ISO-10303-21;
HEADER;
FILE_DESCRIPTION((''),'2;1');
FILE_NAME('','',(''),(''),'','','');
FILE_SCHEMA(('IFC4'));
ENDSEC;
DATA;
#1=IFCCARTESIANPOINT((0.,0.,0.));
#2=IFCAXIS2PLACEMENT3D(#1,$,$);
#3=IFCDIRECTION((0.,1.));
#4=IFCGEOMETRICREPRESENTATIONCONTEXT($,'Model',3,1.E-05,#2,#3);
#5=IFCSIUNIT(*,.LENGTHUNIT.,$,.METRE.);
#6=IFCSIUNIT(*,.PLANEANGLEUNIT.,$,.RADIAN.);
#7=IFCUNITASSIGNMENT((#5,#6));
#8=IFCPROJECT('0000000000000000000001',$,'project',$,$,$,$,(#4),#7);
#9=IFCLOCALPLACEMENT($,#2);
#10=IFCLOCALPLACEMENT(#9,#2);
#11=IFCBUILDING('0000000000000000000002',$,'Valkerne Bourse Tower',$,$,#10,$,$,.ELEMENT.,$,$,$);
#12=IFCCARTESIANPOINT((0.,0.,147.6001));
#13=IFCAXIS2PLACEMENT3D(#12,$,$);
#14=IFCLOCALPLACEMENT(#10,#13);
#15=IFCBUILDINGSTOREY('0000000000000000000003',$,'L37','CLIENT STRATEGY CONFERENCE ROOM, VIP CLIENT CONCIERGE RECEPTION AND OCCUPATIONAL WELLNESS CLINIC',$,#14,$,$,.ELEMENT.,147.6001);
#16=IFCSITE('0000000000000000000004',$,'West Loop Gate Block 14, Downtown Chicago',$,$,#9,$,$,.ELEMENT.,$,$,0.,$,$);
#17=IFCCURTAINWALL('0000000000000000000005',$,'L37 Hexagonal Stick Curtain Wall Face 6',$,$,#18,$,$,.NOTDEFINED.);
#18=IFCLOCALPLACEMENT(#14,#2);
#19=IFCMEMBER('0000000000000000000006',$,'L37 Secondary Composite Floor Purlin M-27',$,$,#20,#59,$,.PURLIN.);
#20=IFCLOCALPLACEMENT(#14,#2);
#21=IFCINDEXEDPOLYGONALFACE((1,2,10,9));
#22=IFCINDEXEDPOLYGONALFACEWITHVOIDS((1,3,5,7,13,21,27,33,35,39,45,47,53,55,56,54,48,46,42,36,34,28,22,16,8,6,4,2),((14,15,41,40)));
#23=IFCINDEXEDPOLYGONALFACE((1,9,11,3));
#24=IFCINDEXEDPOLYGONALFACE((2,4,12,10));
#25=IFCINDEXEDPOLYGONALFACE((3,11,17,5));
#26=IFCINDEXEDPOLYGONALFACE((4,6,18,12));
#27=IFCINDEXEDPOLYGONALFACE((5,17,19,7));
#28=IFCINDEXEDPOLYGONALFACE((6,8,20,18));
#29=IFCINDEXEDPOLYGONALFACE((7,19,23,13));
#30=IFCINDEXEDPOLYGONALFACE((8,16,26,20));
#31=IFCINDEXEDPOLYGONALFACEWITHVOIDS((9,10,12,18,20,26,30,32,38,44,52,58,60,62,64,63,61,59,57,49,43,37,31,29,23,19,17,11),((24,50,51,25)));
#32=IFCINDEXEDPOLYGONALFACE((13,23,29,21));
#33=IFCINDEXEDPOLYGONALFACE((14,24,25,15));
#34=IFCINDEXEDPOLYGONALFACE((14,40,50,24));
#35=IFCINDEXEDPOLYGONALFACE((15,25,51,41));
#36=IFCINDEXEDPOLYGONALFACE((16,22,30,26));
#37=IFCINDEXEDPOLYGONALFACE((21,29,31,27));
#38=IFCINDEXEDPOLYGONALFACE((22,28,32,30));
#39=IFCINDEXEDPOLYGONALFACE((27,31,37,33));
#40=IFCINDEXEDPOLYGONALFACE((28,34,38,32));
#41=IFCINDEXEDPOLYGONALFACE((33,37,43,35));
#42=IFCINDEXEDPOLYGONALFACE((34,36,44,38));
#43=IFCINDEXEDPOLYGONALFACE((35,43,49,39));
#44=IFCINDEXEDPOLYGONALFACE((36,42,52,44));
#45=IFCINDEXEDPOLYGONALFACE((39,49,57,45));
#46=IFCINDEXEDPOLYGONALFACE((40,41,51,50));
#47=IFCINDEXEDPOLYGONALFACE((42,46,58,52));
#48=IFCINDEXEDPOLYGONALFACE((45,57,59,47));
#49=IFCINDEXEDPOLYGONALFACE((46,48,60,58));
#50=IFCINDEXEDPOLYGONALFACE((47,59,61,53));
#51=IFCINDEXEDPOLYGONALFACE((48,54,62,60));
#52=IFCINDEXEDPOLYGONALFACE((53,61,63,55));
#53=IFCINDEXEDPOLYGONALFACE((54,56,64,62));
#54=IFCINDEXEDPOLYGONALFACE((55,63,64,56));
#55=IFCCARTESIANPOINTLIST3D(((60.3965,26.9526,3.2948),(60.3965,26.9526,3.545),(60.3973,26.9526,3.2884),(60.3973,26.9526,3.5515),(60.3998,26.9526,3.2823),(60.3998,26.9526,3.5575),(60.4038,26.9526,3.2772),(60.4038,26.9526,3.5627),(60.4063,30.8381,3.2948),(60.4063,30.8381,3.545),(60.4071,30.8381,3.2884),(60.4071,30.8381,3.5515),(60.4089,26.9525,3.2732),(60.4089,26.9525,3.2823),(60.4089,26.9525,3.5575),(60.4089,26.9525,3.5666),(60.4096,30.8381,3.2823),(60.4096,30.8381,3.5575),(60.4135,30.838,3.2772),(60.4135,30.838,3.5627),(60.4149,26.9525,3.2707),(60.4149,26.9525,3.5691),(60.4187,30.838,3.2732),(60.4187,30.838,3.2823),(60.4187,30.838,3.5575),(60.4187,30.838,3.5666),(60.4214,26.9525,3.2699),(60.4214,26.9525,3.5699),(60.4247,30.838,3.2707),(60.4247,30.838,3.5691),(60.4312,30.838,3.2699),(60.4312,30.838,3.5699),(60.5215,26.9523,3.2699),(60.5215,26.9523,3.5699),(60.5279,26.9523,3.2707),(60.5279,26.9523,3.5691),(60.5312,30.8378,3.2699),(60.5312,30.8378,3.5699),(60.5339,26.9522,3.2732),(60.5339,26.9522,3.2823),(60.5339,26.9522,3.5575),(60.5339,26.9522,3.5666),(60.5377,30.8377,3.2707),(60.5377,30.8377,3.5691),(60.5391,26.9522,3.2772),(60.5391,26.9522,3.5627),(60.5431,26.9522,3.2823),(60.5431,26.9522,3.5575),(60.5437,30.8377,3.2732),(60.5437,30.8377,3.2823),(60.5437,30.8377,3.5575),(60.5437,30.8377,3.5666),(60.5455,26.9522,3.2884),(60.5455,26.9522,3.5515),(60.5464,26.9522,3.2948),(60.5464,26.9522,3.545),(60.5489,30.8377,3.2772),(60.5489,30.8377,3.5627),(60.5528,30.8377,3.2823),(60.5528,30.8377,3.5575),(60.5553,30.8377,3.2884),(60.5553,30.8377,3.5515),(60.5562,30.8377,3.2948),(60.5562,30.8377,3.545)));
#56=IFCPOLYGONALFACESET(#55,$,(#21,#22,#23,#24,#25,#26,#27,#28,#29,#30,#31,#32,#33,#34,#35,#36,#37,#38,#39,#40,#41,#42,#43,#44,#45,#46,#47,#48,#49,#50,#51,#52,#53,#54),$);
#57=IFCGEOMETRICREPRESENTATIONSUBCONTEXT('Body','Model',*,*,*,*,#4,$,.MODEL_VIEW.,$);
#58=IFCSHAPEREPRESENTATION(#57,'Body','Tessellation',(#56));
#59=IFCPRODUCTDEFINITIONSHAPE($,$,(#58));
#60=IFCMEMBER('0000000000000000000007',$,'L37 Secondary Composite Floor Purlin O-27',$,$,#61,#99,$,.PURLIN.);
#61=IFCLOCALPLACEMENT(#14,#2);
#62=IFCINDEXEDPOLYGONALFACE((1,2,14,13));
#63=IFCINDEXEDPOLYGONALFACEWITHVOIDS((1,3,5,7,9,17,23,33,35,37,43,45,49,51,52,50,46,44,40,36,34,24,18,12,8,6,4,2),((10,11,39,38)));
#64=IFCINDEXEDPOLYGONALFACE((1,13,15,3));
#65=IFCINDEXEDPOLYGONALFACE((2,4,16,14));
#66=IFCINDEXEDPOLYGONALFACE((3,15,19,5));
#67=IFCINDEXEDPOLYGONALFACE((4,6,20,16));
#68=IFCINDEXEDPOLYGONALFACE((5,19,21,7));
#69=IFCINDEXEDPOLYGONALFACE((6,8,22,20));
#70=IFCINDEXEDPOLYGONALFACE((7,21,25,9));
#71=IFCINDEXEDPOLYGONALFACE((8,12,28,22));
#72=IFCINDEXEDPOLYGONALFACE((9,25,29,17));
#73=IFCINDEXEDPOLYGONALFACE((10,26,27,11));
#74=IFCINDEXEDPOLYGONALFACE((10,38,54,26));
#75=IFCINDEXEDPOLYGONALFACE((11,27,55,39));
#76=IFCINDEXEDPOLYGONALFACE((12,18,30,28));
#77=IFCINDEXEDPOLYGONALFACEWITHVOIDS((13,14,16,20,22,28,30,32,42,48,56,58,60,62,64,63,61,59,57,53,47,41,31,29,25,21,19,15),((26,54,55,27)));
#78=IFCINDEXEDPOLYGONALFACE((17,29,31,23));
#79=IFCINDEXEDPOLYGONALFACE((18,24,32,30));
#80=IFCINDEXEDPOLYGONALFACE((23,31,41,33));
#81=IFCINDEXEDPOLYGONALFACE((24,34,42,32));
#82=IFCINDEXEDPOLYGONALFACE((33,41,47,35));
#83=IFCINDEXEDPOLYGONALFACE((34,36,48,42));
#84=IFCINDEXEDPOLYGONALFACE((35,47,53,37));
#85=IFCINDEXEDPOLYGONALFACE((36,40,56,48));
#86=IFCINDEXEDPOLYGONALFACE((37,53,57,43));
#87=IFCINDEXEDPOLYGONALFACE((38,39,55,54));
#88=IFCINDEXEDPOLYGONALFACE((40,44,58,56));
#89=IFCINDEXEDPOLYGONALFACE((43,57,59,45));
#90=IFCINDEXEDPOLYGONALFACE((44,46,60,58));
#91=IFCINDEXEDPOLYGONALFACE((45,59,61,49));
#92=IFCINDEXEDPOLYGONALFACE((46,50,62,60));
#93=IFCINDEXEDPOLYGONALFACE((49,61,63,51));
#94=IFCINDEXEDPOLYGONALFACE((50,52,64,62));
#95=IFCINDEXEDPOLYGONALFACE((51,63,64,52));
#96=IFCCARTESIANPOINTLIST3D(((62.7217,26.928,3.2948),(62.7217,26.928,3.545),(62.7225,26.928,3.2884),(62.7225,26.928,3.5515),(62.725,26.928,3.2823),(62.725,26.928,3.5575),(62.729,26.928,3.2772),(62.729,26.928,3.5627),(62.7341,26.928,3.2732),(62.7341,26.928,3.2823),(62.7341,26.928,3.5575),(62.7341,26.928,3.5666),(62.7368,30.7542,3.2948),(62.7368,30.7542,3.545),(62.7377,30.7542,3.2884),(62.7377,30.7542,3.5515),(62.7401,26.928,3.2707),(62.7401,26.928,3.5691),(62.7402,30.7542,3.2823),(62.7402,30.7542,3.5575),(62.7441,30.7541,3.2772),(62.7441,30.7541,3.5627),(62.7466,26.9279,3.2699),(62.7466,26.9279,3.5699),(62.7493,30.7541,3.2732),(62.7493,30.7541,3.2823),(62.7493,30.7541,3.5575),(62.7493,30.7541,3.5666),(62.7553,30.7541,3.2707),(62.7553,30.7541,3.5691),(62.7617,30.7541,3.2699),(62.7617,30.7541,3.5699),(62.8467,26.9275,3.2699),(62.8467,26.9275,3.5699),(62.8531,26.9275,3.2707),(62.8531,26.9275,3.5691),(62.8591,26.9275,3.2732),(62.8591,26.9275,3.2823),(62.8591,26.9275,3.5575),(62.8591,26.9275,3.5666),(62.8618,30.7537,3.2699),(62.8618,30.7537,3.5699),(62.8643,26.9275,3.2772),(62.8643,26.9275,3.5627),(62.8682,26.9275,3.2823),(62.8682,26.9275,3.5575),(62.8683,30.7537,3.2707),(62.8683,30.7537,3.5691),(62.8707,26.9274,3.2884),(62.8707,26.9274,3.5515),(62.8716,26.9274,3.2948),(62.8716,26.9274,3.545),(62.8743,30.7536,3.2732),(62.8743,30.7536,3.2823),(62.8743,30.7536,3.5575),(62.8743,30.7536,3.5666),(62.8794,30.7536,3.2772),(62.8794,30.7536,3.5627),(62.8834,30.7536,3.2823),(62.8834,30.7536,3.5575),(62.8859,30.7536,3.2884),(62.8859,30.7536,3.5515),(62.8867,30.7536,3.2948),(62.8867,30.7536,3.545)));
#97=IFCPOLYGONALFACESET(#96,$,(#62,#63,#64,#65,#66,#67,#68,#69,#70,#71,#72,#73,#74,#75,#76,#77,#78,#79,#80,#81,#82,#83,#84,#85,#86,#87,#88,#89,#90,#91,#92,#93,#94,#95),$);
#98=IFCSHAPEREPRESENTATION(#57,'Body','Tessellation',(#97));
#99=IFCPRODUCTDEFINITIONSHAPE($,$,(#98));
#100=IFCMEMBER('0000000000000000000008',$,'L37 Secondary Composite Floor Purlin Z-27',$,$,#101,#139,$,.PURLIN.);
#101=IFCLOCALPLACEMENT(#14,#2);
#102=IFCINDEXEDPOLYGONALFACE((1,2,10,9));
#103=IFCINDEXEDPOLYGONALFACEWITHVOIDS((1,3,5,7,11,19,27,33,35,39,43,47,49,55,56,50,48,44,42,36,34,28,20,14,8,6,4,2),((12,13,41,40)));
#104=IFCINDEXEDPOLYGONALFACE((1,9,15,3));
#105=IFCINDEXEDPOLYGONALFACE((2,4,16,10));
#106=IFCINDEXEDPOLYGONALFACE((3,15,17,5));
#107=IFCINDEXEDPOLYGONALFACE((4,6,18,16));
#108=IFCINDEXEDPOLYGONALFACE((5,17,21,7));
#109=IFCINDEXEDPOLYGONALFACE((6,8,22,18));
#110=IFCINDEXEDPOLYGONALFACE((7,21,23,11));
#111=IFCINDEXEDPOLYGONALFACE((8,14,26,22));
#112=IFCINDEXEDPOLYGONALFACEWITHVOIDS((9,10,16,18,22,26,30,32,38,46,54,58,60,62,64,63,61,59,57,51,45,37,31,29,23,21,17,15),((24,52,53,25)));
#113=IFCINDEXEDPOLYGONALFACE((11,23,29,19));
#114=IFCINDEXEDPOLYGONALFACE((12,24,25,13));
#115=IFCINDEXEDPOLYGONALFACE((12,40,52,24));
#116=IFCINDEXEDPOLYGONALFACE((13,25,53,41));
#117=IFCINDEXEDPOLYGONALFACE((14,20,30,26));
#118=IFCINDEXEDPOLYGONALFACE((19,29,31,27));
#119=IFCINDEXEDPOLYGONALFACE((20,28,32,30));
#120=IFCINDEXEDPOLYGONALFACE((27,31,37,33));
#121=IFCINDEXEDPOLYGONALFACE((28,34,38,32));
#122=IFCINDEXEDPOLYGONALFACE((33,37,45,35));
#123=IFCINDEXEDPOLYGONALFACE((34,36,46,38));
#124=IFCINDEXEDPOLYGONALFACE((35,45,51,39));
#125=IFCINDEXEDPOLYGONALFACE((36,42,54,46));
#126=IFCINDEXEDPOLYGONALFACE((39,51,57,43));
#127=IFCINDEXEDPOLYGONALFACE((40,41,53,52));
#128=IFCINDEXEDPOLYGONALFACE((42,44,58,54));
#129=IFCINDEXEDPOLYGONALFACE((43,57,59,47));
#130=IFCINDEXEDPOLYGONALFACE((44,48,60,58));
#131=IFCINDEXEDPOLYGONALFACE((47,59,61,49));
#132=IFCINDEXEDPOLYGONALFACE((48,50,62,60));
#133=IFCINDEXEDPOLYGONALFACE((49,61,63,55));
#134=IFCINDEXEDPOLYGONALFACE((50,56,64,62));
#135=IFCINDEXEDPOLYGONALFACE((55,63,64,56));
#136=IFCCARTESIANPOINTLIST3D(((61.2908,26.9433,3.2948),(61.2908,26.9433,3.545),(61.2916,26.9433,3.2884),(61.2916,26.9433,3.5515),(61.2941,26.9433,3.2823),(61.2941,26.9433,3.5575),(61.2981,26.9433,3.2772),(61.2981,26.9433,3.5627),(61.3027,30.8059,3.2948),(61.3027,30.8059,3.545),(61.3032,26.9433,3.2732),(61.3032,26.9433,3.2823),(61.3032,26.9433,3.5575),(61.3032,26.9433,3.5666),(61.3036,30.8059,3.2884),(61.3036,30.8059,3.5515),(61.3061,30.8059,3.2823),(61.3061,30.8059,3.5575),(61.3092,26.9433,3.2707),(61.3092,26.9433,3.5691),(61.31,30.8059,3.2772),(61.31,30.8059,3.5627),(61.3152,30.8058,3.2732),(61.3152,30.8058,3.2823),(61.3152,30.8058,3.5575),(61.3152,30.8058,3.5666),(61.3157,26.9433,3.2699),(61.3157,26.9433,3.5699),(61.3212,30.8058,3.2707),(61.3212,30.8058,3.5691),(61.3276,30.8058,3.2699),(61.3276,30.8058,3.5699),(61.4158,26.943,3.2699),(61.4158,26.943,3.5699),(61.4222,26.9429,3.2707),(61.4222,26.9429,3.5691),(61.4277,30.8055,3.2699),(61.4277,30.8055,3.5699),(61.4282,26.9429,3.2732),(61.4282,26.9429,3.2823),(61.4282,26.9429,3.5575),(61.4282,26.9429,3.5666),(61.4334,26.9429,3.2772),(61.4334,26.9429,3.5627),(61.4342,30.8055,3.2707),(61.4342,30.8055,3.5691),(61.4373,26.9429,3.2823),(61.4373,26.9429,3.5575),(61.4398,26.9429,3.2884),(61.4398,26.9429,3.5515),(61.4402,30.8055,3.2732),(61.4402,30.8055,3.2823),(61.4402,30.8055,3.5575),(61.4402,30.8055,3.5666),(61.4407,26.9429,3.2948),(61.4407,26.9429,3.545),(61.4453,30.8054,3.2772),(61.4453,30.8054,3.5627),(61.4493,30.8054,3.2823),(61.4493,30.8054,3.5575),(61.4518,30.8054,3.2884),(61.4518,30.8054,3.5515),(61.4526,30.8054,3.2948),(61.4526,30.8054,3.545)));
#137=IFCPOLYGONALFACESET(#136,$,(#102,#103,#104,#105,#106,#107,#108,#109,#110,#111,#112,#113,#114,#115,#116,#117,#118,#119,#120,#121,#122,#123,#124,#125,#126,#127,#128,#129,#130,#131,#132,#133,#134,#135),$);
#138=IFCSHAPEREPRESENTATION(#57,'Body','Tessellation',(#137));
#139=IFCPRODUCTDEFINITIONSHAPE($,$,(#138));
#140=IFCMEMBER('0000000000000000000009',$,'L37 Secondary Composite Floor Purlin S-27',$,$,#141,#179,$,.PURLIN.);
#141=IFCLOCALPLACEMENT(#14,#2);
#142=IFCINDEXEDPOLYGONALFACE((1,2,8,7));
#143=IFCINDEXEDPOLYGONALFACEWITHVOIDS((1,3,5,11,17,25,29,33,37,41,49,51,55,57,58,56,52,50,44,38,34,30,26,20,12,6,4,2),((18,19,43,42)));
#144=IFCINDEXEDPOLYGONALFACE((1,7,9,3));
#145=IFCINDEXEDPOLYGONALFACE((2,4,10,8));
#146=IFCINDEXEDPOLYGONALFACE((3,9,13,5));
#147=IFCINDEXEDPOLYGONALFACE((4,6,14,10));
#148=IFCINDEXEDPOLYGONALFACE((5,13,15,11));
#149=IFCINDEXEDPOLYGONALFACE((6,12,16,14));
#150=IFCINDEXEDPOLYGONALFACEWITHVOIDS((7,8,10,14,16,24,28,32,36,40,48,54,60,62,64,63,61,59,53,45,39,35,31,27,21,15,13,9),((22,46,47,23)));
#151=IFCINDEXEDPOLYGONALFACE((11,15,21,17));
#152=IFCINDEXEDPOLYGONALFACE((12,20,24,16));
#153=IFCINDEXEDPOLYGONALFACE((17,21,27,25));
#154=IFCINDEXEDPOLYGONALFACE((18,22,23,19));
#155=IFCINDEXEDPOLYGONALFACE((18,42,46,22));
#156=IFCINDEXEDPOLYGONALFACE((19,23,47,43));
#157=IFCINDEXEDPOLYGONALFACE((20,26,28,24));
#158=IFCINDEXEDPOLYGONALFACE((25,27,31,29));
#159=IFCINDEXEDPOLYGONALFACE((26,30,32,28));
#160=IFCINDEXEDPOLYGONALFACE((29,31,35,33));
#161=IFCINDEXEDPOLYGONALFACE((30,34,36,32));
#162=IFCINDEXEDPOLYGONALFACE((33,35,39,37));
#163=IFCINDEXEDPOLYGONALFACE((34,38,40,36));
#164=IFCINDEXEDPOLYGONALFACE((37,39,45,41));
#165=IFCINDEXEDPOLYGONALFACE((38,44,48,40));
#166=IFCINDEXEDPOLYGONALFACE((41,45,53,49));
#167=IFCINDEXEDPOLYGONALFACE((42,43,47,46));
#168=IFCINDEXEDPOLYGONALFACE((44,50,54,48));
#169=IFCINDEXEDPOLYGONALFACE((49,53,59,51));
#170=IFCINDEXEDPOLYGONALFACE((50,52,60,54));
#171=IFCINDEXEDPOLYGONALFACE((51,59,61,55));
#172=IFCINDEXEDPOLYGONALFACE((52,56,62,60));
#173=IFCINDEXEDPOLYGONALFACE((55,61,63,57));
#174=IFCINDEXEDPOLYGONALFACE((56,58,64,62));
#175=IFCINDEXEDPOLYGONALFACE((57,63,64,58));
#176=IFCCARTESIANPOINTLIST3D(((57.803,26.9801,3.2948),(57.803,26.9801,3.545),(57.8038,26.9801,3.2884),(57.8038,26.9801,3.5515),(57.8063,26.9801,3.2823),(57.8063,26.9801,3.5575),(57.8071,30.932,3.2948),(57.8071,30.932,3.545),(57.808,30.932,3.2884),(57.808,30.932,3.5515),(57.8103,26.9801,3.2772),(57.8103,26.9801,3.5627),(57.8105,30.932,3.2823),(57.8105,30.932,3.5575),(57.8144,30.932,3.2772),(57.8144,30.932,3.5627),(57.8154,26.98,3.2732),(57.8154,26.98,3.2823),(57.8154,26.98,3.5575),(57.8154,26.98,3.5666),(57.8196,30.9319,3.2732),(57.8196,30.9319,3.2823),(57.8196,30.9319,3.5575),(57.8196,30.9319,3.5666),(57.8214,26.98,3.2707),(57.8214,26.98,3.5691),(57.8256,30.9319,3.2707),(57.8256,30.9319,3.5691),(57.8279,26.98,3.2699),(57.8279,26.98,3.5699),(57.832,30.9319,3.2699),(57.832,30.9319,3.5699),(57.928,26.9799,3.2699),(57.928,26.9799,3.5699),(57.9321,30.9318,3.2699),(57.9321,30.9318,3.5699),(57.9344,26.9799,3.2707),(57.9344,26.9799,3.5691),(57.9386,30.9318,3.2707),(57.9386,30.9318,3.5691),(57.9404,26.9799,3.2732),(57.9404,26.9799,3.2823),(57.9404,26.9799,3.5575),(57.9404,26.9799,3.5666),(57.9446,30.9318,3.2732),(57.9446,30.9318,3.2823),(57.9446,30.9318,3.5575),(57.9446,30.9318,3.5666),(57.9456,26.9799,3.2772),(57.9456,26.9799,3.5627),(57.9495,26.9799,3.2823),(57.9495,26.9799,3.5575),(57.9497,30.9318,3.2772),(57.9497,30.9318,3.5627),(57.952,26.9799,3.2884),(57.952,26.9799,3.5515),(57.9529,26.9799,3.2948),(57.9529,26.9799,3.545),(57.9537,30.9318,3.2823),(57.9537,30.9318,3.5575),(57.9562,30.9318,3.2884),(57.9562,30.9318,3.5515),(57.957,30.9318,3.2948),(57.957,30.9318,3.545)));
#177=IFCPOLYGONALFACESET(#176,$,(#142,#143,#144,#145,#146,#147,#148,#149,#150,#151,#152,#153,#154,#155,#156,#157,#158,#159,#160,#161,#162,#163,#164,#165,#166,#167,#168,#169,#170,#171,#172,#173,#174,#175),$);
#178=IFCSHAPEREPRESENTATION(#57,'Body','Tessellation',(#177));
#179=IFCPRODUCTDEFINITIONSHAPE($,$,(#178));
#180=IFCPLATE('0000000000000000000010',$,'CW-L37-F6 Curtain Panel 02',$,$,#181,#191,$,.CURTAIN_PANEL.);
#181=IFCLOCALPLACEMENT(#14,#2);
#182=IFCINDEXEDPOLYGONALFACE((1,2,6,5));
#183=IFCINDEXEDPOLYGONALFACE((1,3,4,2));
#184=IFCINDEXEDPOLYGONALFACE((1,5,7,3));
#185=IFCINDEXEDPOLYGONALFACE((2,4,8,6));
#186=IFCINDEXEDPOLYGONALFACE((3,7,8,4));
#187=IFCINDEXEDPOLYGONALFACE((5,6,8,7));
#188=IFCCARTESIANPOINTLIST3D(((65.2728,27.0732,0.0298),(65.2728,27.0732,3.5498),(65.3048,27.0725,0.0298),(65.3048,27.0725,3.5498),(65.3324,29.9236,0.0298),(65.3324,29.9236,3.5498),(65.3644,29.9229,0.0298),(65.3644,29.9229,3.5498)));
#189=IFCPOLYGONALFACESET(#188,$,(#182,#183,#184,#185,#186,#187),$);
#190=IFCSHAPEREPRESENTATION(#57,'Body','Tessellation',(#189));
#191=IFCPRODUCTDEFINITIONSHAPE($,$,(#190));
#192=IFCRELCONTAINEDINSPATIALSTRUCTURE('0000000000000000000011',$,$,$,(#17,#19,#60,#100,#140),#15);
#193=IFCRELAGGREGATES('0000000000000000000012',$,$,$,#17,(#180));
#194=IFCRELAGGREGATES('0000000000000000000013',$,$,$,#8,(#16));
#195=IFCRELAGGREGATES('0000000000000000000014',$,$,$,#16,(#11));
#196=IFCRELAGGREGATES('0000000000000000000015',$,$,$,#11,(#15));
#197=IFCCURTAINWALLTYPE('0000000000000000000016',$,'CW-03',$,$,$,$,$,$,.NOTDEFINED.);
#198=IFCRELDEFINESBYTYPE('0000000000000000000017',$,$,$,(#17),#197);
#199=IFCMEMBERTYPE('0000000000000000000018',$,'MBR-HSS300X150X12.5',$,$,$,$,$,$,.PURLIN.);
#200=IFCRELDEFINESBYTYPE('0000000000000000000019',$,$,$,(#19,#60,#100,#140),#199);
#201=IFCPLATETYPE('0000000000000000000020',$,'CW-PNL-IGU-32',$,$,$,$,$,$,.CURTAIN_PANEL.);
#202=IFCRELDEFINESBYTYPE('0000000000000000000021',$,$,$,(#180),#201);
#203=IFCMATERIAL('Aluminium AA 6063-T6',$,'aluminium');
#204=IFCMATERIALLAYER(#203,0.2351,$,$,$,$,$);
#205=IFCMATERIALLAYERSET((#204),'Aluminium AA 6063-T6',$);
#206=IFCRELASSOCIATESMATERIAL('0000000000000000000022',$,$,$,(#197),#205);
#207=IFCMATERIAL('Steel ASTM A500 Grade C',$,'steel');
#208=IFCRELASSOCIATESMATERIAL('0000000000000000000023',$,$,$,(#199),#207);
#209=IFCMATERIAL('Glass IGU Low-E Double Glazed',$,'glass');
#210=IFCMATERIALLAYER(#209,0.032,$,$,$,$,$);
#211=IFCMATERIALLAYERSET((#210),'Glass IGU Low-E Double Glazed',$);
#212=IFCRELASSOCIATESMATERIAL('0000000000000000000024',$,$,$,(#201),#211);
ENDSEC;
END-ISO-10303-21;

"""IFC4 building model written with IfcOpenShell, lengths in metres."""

from ifc_helpers import new_model, si_unit, direction, frame, origin, origin_2d, place, context, subcontext, project, spatial, rectangle, hollow_rectangle, extrude, material, layer, layer_set, material_profile, profile_set, type_object, element, aggregate, save


model = new_model("IFC4")

# Units and contexts
model_context = context("Model", 3, precision=1e-05, world=origin(), true_north=direction((0.0, 1.0)))
body_context = subcontext(model_context, "Body", "Model", "MODEL_VIEW")
ifc_project = project(units=[si_unit("LENGTHUNIT", "METRE"), si_unit("PLANEANGLEUNIT", "RADIAN")], contexts=[model_context])

# Site, building, storey
site_placement = place(None, origin())
site = spatial("IfcSite", under=ifc_project, at=site_placement, Name="West Loop Gate Block 14, Downtown Chicago", CompositionType="ELEMENT", RefElevation=0.0)
building_placement = place(site_placement, origin())
building = spatial("IfcBuilding", under=site, at=building_placement, Name="Valkerne Bourse Tower", CompositionType="ELEMENT")
storey_placement = place(building_placement, frame((0.0, 0.0, 147.6001)))
storey = spatial("IfcBuildingStorey", under=building, at=storey_placement, Name="L37", Description="CLIENT STRATEGY CONFERENCE ROOM, VIP CLIENT CONCIERGE RECEPTION AND OCCUPATIONAL WELLNESS CLINIC", CompositionType="ELEMENT", Elevation=147.6001)

# Curtain wall
ifc_material_1 = material(Name="Aluminium AA 6063-T6", Category="aluminium")
ifc_layer_1 = layer(ifc_material_1, 0.2351)
ifc_layer_set_1 = layer_set([ifc_layer_1], Name="Aluminium AA 6063-T6")
curtain_wall_type = type_object("IfcCurtainWallType", Name="CW-03", PredefinedType="NOTDEFINED", material=ifc_layer_set_1)
curtain_wall_placement = place(storey_placement, origin())
curtain_wall = element("IfcCurtainWall", 1, at=curtain_wall_placement, inside=storey, type_object=curtain_wall_type, Name="L37 Hexagonal Stick Curtain Wall Face 6", PredefinedType="NOTDEFINED")

# Members
ifc_material_2 = material(Name="Steel ASTM A500 Grade C", Category="steel")
ifc_material_profile_1 = material_profile(ifc_material_2, hollow_rectangle(XDim=0.1499, YDim=0.3, WallThickness=0.0125, OuterFilletRadius=0.0249, at=origin_2d()), Name="HSS300X150X12.5")
ifc_profile_set_1 = profile_set([ifc_material_profile_1], Name="Steel ASTM A500 Grade C")
member_type_1 = type_object("IfcMemberType", Name="MBR-HSS300X150X12.5", PredefinedType="PURLIN", material=ifc_profile_set_1)
member_1_placement = place(storey_placement, frame((60.4714, 26.9524, 3.4199), z_axis=(0.002513, 0.999997, 0.0), x_axis=(-0.999997, 0.002513, 0.0)))
element("IfcMember", 2, at=member_1_placement, inside=storey, type_object=member_type_1, Name="L37 Secondary Composite Floor Purlin M-27", PredefinedType="PURLIN", context=body_context, shape_type="SweptSolid", body=[
    extrude(hollow_rectangle(XDim=0.1499, YDim=0.3, WallThickness=0.0125, OuterFilletRadius=0.0249, at=origin_2d()), origin(), (0.0, 0.0, 1.0), 3.8855),
])
member_2_placement = place(storey_placement, frame((62.7966, 26.9277, 3.4199), z_axis=(0.003956, 0.999992, 0.0), x_axis=(-0.999992, 0.003956, 0.0)))
element("IfcMember", 3, at=member_2_placement, inside=storey, type_object=member_type_1, Name="L37 Secondary Composite Floor Purlin O-27", PredefinedType="PURLIN", context=body_context, shape_type="SweptSolid", body=[
    extrude(hollow_rectangle(XDim=0.1499, YDim=0.3, WallThickness=0.0125, OuterFilletRadius=0.0249, at=origin_2d()), origin(), (0.0, 0.0, 1.0), 3.8262),
])
member_3_placement = place(storey_placement, frame((61.3657, 26.9431, 3.4199), z_axis=(0.003097, 0.999995, 0.0), x_axis=(-0.999995, 0.003097, 0.0)))
element("IfcMember", 4, at=member_3_placement, inside=storey, type_object=member_type_1, Name="L37 Secondary Composite Floor Purlin Z-27", PredefinedType="PURLIN", context=body_context, shape_type="SweptSolid", body=[
    extrude(hollow_rectangle(XDim=0.1499, YDim=0.3, WallThickness=0.0125, OuterFilletRadius=0.0249, at=origin_2d()), origin(), (0.0, 0.0, 1.0), 3.8625),
])
member_4_placement = place(storey_placement, frame((57.8779, 26.98, 3.4199), z_axis=(0.00105, 0.999999, 0.0), x_axis=(-0.999999, 0.00105, 0.0)))
element("IfcMember", 5, at=member_4_placement, inside=storey, type_object=member_type_1, Name="L37 Secondary Composite Floor Purlin S-27", PredefinedType="PURLIN", context=body_context, shape_type="SweptSolid", body=[
    extrude(hollow_rectangle(XDim=0.1499, YDim=0.3, WallThickness=0.0125, OuterFilletRadius=0.0249, at=origin_2d()), origin(), (0.0, 0.0, 1.0), 3.9519),
])

# Plate
ifc_material_3 = material(Name="Glass IGU Low-E Double Glazed", Category="glass")
ifc_layer_2 = layer(ifc_material_3, 0.032)
ifc_layer_set_2 = layer_set([ifc_layer_2], Name="Glass IGU Low-E Double Glazed")
plate_type_1 = type_object("IfcPlateType", Name="CW-PNL-IGU-32", PredefinedType="CURTAIN_PANEL", material=ifc_layer_set_2)
plate_1_placement = place(storey_placement, frame((65.3186, 28.498, 0.0298), z_axis=(0.0, 0.0, 1.0), x_axis=(0.020923, 0.999781, 0.0)))
plate_1 = element("IfcPlate", 6, at=plate_1_placement, type_object=plate_type_1, Name="CW-L37-F6 Curtain Panel 02", PredefinedType="CURTAIN_PANEL", context=body_context, shape_type="SweptSolid", body=[
    extrude(rectangle(XDim=2.8511, YDim=0.032, at=origin_2d()), origin(), (0.0, 0.0, 1.0), 3.52),
])
aggregate(curtain_wall, [plate_1])

save(model, "model.ifc")
